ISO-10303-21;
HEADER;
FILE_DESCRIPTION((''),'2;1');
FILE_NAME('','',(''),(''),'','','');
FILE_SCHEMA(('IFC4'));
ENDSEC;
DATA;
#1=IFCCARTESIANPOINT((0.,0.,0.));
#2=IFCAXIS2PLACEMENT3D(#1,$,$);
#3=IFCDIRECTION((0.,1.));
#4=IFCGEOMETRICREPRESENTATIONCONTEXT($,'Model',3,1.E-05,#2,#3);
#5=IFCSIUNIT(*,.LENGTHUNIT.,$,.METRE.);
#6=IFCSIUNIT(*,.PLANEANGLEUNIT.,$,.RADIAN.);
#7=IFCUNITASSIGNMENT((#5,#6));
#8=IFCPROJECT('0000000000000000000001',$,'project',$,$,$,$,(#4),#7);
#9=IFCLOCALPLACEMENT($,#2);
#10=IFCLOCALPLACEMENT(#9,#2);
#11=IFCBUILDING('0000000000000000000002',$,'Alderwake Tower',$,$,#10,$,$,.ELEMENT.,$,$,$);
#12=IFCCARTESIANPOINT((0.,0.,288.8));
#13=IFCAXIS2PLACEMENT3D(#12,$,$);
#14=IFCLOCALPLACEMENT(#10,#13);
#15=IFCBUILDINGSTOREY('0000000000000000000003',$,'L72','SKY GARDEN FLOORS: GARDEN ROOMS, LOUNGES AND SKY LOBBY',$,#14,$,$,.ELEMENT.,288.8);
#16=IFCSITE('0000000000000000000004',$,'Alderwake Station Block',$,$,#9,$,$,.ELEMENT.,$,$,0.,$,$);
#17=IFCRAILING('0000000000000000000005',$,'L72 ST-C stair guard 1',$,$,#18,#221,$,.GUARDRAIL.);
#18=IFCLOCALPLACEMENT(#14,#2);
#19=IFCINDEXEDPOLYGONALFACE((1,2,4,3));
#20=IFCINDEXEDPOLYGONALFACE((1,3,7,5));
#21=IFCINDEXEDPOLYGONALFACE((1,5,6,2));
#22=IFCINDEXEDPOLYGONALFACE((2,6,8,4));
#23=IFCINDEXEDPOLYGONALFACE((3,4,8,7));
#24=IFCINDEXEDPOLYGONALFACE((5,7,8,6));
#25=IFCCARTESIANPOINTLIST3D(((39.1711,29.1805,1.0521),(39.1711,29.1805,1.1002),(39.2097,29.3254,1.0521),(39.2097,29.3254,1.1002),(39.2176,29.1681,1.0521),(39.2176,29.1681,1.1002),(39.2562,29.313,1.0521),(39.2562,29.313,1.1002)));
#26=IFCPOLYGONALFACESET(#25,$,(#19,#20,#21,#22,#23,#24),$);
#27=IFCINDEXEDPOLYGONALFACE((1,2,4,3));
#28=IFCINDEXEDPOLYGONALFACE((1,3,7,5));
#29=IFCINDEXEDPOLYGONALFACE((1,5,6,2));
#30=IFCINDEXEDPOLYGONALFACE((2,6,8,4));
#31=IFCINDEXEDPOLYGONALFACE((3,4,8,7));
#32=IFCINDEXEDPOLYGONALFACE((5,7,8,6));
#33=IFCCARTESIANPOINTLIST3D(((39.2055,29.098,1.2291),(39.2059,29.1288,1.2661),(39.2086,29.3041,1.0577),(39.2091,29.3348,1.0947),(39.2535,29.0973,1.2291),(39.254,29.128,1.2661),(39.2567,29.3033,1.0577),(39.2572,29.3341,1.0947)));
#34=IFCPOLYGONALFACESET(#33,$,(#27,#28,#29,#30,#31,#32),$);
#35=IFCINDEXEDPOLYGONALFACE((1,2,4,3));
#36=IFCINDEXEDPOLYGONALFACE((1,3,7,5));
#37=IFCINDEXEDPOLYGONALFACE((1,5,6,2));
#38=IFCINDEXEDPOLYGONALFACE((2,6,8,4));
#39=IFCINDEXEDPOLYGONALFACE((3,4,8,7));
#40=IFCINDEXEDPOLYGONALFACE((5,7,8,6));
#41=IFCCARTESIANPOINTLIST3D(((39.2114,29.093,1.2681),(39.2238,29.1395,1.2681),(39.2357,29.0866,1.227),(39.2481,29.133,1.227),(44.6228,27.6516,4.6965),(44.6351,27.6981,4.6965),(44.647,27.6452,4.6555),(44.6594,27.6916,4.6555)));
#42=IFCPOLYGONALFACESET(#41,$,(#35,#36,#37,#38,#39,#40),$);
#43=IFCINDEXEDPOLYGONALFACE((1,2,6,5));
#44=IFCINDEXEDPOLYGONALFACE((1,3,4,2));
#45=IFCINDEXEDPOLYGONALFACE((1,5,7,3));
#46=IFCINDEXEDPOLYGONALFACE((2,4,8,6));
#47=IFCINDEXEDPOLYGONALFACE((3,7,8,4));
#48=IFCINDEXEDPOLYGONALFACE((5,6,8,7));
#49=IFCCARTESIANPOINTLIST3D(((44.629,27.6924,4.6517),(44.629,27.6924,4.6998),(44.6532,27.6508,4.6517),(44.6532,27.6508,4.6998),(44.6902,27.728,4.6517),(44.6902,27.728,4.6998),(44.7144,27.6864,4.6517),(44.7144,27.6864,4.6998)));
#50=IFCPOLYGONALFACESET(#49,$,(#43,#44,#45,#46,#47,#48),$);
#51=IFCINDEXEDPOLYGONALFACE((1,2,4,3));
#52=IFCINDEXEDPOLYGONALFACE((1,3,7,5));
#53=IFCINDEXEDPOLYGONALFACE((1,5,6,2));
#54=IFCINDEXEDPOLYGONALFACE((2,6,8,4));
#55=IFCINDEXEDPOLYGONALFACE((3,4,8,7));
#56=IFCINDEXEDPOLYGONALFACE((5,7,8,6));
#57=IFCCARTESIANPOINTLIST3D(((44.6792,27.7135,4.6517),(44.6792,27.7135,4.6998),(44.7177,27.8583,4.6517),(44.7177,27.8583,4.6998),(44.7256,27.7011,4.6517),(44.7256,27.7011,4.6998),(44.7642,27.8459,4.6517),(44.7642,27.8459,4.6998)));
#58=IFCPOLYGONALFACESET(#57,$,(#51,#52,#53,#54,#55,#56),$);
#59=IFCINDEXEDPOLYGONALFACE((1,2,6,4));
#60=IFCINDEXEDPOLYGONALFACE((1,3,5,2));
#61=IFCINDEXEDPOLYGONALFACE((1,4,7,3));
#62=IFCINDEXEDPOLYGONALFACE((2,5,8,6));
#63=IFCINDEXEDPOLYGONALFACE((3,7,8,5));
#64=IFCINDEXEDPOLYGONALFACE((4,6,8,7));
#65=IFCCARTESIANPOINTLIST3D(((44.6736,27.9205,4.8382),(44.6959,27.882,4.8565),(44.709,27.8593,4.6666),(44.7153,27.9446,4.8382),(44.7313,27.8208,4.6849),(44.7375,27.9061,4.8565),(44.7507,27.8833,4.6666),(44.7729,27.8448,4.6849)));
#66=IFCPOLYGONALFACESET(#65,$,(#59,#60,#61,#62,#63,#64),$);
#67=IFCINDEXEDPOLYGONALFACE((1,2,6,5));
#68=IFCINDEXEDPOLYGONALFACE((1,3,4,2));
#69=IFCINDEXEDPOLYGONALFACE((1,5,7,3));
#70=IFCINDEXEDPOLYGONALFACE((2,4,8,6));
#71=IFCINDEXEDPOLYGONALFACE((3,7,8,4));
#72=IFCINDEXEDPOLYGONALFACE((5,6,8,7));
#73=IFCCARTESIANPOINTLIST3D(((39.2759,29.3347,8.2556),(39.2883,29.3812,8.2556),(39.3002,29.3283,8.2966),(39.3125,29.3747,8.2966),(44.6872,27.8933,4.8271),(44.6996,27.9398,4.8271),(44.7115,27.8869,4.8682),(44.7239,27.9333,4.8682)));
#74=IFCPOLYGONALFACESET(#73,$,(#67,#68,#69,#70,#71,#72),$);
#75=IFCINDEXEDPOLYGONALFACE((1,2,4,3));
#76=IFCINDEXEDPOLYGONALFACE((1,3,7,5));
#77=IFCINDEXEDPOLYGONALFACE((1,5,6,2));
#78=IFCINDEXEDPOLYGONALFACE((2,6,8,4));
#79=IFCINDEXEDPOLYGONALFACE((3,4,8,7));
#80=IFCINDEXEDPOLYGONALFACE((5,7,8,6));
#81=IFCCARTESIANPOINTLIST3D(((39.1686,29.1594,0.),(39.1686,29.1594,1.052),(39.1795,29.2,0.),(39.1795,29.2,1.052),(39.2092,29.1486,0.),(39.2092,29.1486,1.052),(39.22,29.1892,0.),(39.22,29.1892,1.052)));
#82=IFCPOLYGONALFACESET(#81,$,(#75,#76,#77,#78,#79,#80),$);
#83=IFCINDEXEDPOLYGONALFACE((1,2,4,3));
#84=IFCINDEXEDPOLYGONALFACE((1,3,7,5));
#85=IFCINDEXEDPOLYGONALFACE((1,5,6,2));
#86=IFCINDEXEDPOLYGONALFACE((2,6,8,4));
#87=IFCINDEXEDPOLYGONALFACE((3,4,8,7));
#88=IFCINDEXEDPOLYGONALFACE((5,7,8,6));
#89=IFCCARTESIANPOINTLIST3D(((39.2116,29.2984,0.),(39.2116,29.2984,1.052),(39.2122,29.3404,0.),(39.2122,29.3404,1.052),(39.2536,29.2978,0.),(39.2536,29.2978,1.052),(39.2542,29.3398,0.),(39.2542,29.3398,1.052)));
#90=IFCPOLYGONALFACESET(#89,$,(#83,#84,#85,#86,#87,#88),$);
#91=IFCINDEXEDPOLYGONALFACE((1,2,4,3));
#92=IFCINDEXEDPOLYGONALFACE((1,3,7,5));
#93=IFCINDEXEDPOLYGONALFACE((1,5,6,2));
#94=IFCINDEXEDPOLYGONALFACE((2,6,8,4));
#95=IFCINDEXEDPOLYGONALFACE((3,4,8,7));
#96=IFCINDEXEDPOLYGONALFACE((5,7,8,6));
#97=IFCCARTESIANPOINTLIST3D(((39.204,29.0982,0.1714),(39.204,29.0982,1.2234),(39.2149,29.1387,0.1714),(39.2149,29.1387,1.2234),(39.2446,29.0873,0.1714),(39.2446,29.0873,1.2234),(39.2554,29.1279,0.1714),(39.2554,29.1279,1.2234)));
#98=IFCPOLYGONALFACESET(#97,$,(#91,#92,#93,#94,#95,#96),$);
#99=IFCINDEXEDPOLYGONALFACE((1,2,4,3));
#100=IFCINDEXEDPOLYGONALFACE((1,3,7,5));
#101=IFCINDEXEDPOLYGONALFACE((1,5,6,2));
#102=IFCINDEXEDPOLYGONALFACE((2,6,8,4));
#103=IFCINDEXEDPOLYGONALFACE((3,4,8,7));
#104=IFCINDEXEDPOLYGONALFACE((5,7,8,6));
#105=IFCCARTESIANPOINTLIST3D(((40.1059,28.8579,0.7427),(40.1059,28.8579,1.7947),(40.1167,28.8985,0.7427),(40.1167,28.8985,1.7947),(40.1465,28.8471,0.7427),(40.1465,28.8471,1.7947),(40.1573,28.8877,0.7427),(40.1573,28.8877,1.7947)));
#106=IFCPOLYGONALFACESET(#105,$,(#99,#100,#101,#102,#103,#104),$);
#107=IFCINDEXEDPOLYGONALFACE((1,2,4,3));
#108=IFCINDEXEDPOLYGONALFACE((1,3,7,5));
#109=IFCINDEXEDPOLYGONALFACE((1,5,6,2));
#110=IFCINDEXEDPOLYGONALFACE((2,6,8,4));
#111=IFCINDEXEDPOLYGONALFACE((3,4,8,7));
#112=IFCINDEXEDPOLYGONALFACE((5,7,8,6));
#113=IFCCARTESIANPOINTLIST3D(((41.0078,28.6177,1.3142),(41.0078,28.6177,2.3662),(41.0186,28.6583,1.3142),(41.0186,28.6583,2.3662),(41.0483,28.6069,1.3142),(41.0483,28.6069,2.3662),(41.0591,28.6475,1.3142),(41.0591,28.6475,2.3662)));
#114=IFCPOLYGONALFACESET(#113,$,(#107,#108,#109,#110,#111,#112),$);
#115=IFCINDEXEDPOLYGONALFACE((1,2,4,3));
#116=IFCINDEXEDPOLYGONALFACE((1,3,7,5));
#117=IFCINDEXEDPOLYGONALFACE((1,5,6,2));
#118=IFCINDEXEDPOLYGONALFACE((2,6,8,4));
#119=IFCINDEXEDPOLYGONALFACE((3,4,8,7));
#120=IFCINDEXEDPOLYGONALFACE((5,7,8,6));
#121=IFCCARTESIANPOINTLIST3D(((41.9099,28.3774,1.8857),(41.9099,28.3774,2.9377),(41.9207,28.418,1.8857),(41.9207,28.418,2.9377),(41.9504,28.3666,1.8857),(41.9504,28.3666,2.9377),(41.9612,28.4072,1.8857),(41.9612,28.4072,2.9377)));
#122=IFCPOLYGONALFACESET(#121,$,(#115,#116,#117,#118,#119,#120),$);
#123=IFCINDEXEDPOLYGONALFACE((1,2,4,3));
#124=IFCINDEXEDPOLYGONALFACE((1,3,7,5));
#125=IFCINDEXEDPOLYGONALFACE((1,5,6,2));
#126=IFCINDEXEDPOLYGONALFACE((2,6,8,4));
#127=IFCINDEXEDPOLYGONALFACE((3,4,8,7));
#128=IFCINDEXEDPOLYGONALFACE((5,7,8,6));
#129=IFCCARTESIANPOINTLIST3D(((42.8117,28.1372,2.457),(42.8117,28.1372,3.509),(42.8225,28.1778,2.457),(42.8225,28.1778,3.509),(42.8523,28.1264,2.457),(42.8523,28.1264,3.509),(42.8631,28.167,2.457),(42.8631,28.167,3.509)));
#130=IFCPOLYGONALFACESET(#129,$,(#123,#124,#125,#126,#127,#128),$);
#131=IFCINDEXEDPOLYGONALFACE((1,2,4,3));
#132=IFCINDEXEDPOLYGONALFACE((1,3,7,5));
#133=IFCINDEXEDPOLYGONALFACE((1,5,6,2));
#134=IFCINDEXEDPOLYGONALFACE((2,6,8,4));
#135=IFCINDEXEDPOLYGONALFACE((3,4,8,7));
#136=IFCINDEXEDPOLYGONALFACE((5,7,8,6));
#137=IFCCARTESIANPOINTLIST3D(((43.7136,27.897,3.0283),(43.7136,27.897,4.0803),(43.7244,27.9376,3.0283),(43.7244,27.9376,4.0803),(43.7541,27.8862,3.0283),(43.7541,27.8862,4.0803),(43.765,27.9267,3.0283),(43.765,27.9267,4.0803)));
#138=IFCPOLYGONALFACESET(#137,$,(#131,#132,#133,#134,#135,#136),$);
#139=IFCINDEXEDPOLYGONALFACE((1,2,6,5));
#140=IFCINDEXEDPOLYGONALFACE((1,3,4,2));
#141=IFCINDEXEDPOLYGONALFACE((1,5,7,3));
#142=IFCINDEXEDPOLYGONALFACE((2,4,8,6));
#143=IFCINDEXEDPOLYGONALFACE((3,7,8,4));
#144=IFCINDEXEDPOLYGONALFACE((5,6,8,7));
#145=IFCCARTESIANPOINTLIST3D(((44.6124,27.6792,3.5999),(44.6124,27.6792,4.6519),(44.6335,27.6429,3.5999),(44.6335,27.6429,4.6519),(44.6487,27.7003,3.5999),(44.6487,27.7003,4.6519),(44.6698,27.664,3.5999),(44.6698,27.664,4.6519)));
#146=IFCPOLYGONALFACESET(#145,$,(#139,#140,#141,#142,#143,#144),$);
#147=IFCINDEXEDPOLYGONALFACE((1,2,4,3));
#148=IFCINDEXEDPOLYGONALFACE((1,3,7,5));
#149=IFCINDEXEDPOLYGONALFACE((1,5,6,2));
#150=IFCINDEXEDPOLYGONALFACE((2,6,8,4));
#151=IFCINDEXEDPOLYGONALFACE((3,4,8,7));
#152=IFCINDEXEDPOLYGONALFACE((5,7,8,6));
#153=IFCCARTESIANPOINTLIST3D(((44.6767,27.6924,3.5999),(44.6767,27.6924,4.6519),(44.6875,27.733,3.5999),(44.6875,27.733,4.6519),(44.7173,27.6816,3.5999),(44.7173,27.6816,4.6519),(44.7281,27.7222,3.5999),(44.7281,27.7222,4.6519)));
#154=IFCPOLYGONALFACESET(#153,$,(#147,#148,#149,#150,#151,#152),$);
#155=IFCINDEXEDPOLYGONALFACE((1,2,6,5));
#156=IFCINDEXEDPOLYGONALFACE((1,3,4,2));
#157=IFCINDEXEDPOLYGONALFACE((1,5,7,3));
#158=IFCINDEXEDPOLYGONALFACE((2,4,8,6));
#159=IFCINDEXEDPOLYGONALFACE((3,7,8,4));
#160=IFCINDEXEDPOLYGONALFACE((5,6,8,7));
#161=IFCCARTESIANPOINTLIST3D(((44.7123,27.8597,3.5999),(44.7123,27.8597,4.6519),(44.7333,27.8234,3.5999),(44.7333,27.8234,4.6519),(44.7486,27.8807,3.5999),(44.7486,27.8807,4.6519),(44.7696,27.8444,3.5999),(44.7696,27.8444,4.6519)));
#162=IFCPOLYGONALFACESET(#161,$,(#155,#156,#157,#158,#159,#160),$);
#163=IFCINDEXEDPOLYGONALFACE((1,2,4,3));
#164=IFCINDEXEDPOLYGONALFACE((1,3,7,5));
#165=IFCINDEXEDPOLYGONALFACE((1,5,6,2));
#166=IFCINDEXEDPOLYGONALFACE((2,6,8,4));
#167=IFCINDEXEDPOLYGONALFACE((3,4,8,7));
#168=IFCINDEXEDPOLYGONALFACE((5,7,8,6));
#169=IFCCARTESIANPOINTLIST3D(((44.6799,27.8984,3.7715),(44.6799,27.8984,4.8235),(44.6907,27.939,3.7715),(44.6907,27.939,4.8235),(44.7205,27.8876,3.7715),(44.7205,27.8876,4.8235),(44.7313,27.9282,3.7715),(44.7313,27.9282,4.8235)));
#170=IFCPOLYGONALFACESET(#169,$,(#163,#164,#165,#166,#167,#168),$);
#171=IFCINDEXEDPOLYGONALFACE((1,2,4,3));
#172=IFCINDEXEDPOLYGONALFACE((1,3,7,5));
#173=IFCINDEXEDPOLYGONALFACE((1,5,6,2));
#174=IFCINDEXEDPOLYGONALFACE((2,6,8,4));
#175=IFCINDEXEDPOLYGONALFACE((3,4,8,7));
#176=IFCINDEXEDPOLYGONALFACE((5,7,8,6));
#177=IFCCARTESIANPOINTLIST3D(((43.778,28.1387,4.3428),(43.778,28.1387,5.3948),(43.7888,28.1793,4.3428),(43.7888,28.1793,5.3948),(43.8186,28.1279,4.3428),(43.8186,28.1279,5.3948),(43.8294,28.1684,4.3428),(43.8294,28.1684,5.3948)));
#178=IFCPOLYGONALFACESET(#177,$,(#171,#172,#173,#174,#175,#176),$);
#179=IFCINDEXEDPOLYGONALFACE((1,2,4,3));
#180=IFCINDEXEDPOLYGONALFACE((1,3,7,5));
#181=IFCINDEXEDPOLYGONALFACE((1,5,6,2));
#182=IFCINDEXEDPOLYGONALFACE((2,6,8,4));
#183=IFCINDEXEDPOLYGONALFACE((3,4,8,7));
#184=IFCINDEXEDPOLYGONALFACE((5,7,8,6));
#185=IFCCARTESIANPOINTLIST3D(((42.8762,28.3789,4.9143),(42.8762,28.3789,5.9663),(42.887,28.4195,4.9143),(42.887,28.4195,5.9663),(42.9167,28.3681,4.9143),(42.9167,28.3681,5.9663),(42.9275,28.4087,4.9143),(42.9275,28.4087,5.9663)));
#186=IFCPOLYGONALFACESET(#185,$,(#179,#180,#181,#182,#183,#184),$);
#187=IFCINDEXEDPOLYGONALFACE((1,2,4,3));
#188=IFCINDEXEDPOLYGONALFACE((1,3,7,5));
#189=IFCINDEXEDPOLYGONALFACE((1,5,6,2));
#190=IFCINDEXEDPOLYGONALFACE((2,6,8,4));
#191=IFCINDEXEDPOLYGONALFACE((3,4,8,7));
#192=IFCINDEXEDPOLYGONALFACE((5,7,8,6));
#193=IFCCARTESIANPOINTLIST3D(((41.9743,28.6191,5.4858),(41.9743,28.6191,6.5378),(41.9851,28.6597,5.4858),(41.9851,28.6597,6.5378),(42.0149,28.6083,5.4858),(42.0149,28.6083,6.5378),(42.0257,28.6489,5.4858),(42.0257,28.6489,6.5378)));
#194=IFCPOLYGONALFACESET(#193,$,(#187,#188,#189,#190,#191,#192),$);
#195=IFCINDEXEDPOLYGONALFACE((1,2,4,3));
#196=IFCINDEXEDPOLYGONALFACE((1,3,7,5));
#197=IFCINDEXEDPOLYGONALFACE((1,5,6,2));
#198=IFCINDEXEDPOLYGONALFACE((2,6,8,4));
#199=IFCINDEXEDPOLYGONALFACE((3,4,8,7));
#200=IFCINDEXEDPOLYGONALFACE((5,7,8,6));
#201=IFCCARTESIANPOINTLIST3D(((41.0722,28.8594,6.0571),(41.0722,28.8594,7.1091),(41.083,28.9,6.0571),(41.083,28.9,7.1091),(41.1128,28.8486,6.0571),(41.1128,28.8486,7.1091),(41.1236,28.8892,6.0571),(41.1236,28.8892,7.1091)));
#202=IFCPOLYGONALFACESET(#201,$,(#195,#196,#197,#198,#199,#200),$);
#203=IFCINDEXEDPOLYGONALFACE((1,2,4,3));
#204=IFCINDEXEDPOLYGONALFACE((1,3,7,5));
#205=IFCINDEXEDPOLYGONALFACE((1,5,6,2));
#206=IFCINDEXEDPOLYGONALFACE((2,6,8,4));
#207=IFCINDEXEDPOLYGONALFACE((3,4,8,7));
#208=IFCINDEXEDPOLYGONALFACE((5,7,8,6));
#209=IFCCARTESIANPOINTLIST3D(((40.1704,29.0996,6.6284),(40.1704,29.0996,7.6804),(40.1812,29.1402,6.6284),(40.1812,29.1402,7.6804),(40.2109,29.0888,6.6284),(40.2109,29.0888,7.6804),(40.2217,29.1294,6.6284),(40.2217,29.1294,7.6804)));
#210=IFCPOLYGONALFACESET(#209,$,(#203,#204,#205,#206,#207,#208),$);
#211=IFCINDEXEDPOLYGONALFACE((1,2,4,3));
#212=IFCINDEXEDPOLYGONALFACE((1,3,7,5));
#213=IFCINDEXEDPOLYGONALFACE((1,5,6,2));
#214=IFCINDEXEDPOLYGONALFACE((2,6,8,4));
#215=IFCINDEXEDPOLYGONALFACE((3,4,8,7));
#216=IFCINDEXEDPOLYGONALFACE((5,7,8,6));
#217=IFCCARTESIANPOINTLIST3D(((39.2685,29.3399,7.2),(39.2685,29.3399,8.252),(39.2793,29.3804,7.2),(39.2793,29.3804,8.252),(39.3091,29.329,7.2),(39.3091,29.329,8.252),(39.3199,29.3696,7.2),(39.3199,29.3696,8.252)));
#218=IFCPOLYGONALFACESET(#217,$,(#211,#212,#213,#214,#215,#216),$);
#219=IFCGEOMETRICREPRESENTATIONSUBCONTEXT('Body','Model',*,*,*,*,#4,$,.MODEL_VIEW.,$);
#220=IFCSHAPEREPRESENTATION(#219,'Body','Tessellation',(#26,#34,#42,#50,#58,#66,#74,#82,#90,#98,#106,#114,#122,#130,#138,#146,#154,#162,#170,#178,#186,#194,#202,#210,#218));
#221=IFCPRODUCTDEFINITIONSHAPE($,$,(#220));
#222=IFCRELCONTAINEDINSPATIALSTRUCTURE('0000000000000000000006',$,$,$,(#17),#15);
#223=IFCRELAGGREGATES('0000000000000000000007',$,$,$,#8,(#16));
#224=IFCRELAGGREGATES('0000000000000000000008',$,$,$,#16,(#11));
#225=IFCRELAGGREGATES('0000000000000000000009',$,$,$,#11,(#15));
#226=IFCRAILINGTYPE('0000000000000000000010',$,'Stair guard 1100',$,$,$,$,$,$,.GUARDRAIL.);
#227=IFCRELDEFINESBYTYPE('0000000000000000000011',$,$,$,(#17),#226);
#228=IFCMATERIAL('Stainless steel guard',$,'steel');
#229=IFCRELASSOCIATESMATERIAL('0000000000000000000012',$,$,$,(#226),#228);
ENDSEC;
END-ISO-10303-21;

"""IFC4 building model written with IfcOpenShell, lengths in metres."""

from ifc_helpers import new_model, si_unit, direction, frame, origin, origin_2d, place, context, subcontext, project, spatial, rectangle, extrude, material, type_object, element, save


model = new_model("IFC4")

# Units and contexts
model_context = context("Model", 3, precision=1e-05, world=origin(), true_north=direction((0.0, 1.0)))
body_context = subcontext(model_context, "Body", "Model", "MODEL_VIEW")
ifc_project = project(units=[si_unit("LENGTHUNIT", "METRE"), si_unit("PLANEANGLEUNIT", "RADIAN")], contexts=[model_context])

# Site, building, storey
site_placement = place(None, origin())
site = spatial("IfcSite", under=ifc_project, at=site_placement, Name="Alderwake Station Block", CompositionType="ELEMENT", RefElevation=0.0)
building_placement = place(site_placement, origin())
building = spatial("IfcBuilding", under=site, at=building_placement, Name="Alderwake Tower", CompositionType="ELEMENT")
storey_placement = place(building_placement, frame((0.0, 0.0, 288.8)))
storey = spatial("IfcBuildingStorey", under=building, at=storey_placement, Name="L72", Description="SKY GARDEN FLOORS: GARDEN ROOMS, LOUNGES AND SKY LOBBY", CompositionType="ELEMENT", Elevation=288.8)

# Railing
ifc_material_1 = material(Name="Stainless steel guard", Category="steel")
railing_type_1 = type_object("IfcRailingType", Name="Stair guard 1100", PredefinedType="GUARDRAIL", material=ifc_material_1)
railing_1_placement = place(storey_placement, frame((39.1943, 29.1743, 0.0)))
element("IfcRailing", 1, at=railing_1_placement, inside=storey, type_object=railing_type_1, Name="L72 ST-C stair guard 1", PredefinedType="GUARDRAIL", context=body_context, shape_type="SweptSolid", body=[
    extrude(rectangle(XDim=0.0481, YDim=0.0481, at=origin_2d()), frame((0.0, 0.0, 1.0762), z_axis=(0.25746, 0.966289, 0.0), x_axis=(-0.966289, 0.25746, 0.0)), (0.0, 0.0, 1.0), 0.1499),
    extrude(rectangle(XDim=0.0481, YDim=0.0481, at=origin_2d()), frame((0.0386, 0.1448, 1.0762), z_axis=(-0.011841, -0.768764, 0.639422), x_axis=(0.999881, -0.015401, 0.0)), (0.0, 0.0, 1.0), 0.2681),
    extrude(rectangle(XDim=0.0481, YDim=0.0481, at=origin_2d()), frame((0.0354, -0.0613, 1.2476), z_axis=(0.824126, -0.219519, 0.522138), x_axis=(0.257391, 0.966307, 0.0)), (0.0, 0.0, 1.0), 6.5662),
    extrude(rectangle(XDim=0.0481, YDim=0.0481, at=origin_2d()), frame((5.4468, -1.5027, 4.6758), z_axis=(0.864403, 0.5028, 0.0), x_axis=(-0.5028, 0.864403, 0.0)), (0.0, 0.0, 1.0), 0.0708),
    extrude(rectangle(XDim=0.0481, YDim=0.0481, at=origin_2d()), frame((5.5081, -1.467, 4.6758), z_axis=(0.25746, 0.966289, 0.0), x_axis=(-0.966289, 0.25746, 0.0)), (0.0, 0.0, 1.0), 0.1499),
    extrude(rectangle(XDim=0.0481, YDim=0.0481, at=origin_2d()), frame((5.5466, -1.3223, 4.6758), z_axis=(-0.190685, 0.330082, 0.924492), x_axis=(-0.865898, -0.50022, 0.0)), (0.0, 0.0, 1.0), 0.1855),
    extrude(rectangle(XDim=0.0481, YDim=0.0481, at=origin_2d()), frame((5.5112, -1.261, 4.8477), z_axis=(-0.824126, 0.219519, 0.522138), x_axis=(-0.257391, -0.966307, 0.0)), (0.0, 0.0, 1.0), 6.5662),
    extrude(rectangle(XDim=0.042, YDim=0.042, at=origin_2d()), frame((0.0, 0.0, 0.0), z_axis=(0.0, 0.0, 1.0), x_axis=(0.25746, 0.966289, 0.0)), (0.0, 0.0, 1.0), 1.052),
    extrude(rectangle(XDim=0.042, YDim=0.042, at=origin_2d()), frame((0.0386, 0.1448, 0.0), z_axis=(0.0, 0.0, 1.0), x_axis=(-0.015401, -0.999881, 0.0)), (0.0, 0.0, 1.0), 1.052),
    extrude(rectangle(XDim=0.042, YDim=0.042, at=origin_2d()), frame((0.0354, -0.0613, 0.1714), z_axis=(0.0, 0.0, 1.0), x_axis=(0.966307, -0.257391, 0.0)), (0.0, 0.0, 1.0), 1.052),
    extrude(rectangle(XDim=0.042, YDim=0.042, at=origin_2d()), frame((0.9373, -0.3015, 0.7427), z_axis=(0.0, 0.0, 1.0), x_axis=(0.966307, -0.257391, 0.0)), (0.0, 0.0, 1.0), 1.052),
    extrude(rectangle(XDim=0.042, YDim=0.042, at=origin_2d()), frame((1.8391, -0.5417, 1.3142), z_axis=(0.0, 0.0, 1.0), x_axis=(0.966307, -0.257391, 0.0)), (0.0, 0.0, 1.0), 1.052),
    extrude(rectangle(XDim=0.042, YDim=0.042, at=origin_2d()), frame((2.7412, -0.782, 1.8857), z_axis=(0.0, 0.0, 1.0), x_axis=(0.966307, -0.257391, 0.0)), (0.0, 0.0, 1.0), 1.052),
    extrude(rectangle(XDim=0.042, YDim=0.042, at=origin_2d()), frame((3.6431, -1.0222, 2.457), z_axis=(0.0, 0.0, 1.0), x_axis=(0.966307, -0.257391, 0.0)), (0.0, 0.0, 1.0), 1.052),
    extrude(rectangle(XDim=0.042, YDim=0.042, at=origin_2d()), frame((4.5449, -1.2625, 3.0283), z_axis=(0.0, 0.0, 1.0), x_axis=(0.966307, -0.257391, 0.0)), (0.0, 0.0, 1.0), 1.052),
    extrude(rectangle(XDim=0.042, YDim=0.042, at=origin_2d()), frame((5.4468, -1.5027, 3.5999), z_axis=(0.0, 0.0, 1.0), x_axis=(0.864403, 0.5028, 0.0)), (0.0, 0.0, 1.0), 1.052),
    extrude(rectangle(XDim=0.042, YDim=0.042, at=origin_2d()), frame((5.5081, -1.467, 3.5999), z_axis=(0.0, 0.0, 1.0), x_axis=(0.25746, 0.966289, 0.0)), (0.0, 0.0, 1.0), 1.052),
    extrude(rectangle(XDim=0.042, YDim=0.042, at=origin_2d()), frame((5.5466, -1.3223, 3.5999), z_axis=(0.0, 0.0, 1.0), x_axis=(-0.50022, 0.865898, 0.0)), (0.0, 0.0, 1.0), 1.052),
    extrude(rectangle(XDim=0.042, YDim=0.042, at=origin_2d()), frame((5.5112, -1.261, 3.7715), z_axis=(0.0, 0.0, 1.0), x_axis=(-0.966307, 0.257391, 0.0)), (0.0, 0.0, 1.0), 1.052),
    extrude(rectangle(XDim=0.042, YDim=0.042, at=origin_2d()), frame((4.6094, -1.0208, 4.3428), z_axis=(0.0, 0.0, 1.0), x_axis=(-0.966307, 0.257391, 0.0)), (0.0, 0.0, 1.0), 1.052),
    extrude(rectangle(XDim=0.042, YDim=0.042, at=origin_2d()), frame((3.7075, -0.7805, 4.9143), z_axis=(0.0, 0.0, 1.0), x_axis=(-0.966307, 0.257391, 0.0)), (0.0, 0.0, 1.0), 1.052),
    extrude(rectangle(XDim=0.042, YDim=0.042, at=origin_2d()), frame((2.8057, -0.5403, 5.4858), z_axis=(0.0, 0.0, 1.0), x_axis=(-0.966307, 0.257391, 0.0)), (0.0, 0.0, 1.0), 1.052),
    extrude(rectangle(XDim=0.042, YDim=0.042, at=origin_2d()), frame((1.9036, -0.3, 6.0571), z_axis=(0.0, 0.0, 1.0), x_axis=(-0.966307, 0.257391, 0.0)), (0.0, 0.0, 1.0), 1.052),
    extrude(rectangle(XDim=0.042, YDim=0.042, at=origin_2d()), frame((1.0017, -0.0598, 6.6284), z_axis=(0.0, 0.0, 1.0), x_axis=(-0.966307, 0.257391, 0.0)), (0.0, 0.0, 1.0), 1.052),
    extrude(rectangle(XDim=0.042, YDim=0.042, at=origin_2d()), frame((0.0999, 0.1804, 7.2), z_axis=(0.0, 0.0, 1.0), x_axis=(-0.966307, 0.257391, 0.0)), (0.0, 0.0, 1.0), 1.052),
])

save(model, "model.ifc")
